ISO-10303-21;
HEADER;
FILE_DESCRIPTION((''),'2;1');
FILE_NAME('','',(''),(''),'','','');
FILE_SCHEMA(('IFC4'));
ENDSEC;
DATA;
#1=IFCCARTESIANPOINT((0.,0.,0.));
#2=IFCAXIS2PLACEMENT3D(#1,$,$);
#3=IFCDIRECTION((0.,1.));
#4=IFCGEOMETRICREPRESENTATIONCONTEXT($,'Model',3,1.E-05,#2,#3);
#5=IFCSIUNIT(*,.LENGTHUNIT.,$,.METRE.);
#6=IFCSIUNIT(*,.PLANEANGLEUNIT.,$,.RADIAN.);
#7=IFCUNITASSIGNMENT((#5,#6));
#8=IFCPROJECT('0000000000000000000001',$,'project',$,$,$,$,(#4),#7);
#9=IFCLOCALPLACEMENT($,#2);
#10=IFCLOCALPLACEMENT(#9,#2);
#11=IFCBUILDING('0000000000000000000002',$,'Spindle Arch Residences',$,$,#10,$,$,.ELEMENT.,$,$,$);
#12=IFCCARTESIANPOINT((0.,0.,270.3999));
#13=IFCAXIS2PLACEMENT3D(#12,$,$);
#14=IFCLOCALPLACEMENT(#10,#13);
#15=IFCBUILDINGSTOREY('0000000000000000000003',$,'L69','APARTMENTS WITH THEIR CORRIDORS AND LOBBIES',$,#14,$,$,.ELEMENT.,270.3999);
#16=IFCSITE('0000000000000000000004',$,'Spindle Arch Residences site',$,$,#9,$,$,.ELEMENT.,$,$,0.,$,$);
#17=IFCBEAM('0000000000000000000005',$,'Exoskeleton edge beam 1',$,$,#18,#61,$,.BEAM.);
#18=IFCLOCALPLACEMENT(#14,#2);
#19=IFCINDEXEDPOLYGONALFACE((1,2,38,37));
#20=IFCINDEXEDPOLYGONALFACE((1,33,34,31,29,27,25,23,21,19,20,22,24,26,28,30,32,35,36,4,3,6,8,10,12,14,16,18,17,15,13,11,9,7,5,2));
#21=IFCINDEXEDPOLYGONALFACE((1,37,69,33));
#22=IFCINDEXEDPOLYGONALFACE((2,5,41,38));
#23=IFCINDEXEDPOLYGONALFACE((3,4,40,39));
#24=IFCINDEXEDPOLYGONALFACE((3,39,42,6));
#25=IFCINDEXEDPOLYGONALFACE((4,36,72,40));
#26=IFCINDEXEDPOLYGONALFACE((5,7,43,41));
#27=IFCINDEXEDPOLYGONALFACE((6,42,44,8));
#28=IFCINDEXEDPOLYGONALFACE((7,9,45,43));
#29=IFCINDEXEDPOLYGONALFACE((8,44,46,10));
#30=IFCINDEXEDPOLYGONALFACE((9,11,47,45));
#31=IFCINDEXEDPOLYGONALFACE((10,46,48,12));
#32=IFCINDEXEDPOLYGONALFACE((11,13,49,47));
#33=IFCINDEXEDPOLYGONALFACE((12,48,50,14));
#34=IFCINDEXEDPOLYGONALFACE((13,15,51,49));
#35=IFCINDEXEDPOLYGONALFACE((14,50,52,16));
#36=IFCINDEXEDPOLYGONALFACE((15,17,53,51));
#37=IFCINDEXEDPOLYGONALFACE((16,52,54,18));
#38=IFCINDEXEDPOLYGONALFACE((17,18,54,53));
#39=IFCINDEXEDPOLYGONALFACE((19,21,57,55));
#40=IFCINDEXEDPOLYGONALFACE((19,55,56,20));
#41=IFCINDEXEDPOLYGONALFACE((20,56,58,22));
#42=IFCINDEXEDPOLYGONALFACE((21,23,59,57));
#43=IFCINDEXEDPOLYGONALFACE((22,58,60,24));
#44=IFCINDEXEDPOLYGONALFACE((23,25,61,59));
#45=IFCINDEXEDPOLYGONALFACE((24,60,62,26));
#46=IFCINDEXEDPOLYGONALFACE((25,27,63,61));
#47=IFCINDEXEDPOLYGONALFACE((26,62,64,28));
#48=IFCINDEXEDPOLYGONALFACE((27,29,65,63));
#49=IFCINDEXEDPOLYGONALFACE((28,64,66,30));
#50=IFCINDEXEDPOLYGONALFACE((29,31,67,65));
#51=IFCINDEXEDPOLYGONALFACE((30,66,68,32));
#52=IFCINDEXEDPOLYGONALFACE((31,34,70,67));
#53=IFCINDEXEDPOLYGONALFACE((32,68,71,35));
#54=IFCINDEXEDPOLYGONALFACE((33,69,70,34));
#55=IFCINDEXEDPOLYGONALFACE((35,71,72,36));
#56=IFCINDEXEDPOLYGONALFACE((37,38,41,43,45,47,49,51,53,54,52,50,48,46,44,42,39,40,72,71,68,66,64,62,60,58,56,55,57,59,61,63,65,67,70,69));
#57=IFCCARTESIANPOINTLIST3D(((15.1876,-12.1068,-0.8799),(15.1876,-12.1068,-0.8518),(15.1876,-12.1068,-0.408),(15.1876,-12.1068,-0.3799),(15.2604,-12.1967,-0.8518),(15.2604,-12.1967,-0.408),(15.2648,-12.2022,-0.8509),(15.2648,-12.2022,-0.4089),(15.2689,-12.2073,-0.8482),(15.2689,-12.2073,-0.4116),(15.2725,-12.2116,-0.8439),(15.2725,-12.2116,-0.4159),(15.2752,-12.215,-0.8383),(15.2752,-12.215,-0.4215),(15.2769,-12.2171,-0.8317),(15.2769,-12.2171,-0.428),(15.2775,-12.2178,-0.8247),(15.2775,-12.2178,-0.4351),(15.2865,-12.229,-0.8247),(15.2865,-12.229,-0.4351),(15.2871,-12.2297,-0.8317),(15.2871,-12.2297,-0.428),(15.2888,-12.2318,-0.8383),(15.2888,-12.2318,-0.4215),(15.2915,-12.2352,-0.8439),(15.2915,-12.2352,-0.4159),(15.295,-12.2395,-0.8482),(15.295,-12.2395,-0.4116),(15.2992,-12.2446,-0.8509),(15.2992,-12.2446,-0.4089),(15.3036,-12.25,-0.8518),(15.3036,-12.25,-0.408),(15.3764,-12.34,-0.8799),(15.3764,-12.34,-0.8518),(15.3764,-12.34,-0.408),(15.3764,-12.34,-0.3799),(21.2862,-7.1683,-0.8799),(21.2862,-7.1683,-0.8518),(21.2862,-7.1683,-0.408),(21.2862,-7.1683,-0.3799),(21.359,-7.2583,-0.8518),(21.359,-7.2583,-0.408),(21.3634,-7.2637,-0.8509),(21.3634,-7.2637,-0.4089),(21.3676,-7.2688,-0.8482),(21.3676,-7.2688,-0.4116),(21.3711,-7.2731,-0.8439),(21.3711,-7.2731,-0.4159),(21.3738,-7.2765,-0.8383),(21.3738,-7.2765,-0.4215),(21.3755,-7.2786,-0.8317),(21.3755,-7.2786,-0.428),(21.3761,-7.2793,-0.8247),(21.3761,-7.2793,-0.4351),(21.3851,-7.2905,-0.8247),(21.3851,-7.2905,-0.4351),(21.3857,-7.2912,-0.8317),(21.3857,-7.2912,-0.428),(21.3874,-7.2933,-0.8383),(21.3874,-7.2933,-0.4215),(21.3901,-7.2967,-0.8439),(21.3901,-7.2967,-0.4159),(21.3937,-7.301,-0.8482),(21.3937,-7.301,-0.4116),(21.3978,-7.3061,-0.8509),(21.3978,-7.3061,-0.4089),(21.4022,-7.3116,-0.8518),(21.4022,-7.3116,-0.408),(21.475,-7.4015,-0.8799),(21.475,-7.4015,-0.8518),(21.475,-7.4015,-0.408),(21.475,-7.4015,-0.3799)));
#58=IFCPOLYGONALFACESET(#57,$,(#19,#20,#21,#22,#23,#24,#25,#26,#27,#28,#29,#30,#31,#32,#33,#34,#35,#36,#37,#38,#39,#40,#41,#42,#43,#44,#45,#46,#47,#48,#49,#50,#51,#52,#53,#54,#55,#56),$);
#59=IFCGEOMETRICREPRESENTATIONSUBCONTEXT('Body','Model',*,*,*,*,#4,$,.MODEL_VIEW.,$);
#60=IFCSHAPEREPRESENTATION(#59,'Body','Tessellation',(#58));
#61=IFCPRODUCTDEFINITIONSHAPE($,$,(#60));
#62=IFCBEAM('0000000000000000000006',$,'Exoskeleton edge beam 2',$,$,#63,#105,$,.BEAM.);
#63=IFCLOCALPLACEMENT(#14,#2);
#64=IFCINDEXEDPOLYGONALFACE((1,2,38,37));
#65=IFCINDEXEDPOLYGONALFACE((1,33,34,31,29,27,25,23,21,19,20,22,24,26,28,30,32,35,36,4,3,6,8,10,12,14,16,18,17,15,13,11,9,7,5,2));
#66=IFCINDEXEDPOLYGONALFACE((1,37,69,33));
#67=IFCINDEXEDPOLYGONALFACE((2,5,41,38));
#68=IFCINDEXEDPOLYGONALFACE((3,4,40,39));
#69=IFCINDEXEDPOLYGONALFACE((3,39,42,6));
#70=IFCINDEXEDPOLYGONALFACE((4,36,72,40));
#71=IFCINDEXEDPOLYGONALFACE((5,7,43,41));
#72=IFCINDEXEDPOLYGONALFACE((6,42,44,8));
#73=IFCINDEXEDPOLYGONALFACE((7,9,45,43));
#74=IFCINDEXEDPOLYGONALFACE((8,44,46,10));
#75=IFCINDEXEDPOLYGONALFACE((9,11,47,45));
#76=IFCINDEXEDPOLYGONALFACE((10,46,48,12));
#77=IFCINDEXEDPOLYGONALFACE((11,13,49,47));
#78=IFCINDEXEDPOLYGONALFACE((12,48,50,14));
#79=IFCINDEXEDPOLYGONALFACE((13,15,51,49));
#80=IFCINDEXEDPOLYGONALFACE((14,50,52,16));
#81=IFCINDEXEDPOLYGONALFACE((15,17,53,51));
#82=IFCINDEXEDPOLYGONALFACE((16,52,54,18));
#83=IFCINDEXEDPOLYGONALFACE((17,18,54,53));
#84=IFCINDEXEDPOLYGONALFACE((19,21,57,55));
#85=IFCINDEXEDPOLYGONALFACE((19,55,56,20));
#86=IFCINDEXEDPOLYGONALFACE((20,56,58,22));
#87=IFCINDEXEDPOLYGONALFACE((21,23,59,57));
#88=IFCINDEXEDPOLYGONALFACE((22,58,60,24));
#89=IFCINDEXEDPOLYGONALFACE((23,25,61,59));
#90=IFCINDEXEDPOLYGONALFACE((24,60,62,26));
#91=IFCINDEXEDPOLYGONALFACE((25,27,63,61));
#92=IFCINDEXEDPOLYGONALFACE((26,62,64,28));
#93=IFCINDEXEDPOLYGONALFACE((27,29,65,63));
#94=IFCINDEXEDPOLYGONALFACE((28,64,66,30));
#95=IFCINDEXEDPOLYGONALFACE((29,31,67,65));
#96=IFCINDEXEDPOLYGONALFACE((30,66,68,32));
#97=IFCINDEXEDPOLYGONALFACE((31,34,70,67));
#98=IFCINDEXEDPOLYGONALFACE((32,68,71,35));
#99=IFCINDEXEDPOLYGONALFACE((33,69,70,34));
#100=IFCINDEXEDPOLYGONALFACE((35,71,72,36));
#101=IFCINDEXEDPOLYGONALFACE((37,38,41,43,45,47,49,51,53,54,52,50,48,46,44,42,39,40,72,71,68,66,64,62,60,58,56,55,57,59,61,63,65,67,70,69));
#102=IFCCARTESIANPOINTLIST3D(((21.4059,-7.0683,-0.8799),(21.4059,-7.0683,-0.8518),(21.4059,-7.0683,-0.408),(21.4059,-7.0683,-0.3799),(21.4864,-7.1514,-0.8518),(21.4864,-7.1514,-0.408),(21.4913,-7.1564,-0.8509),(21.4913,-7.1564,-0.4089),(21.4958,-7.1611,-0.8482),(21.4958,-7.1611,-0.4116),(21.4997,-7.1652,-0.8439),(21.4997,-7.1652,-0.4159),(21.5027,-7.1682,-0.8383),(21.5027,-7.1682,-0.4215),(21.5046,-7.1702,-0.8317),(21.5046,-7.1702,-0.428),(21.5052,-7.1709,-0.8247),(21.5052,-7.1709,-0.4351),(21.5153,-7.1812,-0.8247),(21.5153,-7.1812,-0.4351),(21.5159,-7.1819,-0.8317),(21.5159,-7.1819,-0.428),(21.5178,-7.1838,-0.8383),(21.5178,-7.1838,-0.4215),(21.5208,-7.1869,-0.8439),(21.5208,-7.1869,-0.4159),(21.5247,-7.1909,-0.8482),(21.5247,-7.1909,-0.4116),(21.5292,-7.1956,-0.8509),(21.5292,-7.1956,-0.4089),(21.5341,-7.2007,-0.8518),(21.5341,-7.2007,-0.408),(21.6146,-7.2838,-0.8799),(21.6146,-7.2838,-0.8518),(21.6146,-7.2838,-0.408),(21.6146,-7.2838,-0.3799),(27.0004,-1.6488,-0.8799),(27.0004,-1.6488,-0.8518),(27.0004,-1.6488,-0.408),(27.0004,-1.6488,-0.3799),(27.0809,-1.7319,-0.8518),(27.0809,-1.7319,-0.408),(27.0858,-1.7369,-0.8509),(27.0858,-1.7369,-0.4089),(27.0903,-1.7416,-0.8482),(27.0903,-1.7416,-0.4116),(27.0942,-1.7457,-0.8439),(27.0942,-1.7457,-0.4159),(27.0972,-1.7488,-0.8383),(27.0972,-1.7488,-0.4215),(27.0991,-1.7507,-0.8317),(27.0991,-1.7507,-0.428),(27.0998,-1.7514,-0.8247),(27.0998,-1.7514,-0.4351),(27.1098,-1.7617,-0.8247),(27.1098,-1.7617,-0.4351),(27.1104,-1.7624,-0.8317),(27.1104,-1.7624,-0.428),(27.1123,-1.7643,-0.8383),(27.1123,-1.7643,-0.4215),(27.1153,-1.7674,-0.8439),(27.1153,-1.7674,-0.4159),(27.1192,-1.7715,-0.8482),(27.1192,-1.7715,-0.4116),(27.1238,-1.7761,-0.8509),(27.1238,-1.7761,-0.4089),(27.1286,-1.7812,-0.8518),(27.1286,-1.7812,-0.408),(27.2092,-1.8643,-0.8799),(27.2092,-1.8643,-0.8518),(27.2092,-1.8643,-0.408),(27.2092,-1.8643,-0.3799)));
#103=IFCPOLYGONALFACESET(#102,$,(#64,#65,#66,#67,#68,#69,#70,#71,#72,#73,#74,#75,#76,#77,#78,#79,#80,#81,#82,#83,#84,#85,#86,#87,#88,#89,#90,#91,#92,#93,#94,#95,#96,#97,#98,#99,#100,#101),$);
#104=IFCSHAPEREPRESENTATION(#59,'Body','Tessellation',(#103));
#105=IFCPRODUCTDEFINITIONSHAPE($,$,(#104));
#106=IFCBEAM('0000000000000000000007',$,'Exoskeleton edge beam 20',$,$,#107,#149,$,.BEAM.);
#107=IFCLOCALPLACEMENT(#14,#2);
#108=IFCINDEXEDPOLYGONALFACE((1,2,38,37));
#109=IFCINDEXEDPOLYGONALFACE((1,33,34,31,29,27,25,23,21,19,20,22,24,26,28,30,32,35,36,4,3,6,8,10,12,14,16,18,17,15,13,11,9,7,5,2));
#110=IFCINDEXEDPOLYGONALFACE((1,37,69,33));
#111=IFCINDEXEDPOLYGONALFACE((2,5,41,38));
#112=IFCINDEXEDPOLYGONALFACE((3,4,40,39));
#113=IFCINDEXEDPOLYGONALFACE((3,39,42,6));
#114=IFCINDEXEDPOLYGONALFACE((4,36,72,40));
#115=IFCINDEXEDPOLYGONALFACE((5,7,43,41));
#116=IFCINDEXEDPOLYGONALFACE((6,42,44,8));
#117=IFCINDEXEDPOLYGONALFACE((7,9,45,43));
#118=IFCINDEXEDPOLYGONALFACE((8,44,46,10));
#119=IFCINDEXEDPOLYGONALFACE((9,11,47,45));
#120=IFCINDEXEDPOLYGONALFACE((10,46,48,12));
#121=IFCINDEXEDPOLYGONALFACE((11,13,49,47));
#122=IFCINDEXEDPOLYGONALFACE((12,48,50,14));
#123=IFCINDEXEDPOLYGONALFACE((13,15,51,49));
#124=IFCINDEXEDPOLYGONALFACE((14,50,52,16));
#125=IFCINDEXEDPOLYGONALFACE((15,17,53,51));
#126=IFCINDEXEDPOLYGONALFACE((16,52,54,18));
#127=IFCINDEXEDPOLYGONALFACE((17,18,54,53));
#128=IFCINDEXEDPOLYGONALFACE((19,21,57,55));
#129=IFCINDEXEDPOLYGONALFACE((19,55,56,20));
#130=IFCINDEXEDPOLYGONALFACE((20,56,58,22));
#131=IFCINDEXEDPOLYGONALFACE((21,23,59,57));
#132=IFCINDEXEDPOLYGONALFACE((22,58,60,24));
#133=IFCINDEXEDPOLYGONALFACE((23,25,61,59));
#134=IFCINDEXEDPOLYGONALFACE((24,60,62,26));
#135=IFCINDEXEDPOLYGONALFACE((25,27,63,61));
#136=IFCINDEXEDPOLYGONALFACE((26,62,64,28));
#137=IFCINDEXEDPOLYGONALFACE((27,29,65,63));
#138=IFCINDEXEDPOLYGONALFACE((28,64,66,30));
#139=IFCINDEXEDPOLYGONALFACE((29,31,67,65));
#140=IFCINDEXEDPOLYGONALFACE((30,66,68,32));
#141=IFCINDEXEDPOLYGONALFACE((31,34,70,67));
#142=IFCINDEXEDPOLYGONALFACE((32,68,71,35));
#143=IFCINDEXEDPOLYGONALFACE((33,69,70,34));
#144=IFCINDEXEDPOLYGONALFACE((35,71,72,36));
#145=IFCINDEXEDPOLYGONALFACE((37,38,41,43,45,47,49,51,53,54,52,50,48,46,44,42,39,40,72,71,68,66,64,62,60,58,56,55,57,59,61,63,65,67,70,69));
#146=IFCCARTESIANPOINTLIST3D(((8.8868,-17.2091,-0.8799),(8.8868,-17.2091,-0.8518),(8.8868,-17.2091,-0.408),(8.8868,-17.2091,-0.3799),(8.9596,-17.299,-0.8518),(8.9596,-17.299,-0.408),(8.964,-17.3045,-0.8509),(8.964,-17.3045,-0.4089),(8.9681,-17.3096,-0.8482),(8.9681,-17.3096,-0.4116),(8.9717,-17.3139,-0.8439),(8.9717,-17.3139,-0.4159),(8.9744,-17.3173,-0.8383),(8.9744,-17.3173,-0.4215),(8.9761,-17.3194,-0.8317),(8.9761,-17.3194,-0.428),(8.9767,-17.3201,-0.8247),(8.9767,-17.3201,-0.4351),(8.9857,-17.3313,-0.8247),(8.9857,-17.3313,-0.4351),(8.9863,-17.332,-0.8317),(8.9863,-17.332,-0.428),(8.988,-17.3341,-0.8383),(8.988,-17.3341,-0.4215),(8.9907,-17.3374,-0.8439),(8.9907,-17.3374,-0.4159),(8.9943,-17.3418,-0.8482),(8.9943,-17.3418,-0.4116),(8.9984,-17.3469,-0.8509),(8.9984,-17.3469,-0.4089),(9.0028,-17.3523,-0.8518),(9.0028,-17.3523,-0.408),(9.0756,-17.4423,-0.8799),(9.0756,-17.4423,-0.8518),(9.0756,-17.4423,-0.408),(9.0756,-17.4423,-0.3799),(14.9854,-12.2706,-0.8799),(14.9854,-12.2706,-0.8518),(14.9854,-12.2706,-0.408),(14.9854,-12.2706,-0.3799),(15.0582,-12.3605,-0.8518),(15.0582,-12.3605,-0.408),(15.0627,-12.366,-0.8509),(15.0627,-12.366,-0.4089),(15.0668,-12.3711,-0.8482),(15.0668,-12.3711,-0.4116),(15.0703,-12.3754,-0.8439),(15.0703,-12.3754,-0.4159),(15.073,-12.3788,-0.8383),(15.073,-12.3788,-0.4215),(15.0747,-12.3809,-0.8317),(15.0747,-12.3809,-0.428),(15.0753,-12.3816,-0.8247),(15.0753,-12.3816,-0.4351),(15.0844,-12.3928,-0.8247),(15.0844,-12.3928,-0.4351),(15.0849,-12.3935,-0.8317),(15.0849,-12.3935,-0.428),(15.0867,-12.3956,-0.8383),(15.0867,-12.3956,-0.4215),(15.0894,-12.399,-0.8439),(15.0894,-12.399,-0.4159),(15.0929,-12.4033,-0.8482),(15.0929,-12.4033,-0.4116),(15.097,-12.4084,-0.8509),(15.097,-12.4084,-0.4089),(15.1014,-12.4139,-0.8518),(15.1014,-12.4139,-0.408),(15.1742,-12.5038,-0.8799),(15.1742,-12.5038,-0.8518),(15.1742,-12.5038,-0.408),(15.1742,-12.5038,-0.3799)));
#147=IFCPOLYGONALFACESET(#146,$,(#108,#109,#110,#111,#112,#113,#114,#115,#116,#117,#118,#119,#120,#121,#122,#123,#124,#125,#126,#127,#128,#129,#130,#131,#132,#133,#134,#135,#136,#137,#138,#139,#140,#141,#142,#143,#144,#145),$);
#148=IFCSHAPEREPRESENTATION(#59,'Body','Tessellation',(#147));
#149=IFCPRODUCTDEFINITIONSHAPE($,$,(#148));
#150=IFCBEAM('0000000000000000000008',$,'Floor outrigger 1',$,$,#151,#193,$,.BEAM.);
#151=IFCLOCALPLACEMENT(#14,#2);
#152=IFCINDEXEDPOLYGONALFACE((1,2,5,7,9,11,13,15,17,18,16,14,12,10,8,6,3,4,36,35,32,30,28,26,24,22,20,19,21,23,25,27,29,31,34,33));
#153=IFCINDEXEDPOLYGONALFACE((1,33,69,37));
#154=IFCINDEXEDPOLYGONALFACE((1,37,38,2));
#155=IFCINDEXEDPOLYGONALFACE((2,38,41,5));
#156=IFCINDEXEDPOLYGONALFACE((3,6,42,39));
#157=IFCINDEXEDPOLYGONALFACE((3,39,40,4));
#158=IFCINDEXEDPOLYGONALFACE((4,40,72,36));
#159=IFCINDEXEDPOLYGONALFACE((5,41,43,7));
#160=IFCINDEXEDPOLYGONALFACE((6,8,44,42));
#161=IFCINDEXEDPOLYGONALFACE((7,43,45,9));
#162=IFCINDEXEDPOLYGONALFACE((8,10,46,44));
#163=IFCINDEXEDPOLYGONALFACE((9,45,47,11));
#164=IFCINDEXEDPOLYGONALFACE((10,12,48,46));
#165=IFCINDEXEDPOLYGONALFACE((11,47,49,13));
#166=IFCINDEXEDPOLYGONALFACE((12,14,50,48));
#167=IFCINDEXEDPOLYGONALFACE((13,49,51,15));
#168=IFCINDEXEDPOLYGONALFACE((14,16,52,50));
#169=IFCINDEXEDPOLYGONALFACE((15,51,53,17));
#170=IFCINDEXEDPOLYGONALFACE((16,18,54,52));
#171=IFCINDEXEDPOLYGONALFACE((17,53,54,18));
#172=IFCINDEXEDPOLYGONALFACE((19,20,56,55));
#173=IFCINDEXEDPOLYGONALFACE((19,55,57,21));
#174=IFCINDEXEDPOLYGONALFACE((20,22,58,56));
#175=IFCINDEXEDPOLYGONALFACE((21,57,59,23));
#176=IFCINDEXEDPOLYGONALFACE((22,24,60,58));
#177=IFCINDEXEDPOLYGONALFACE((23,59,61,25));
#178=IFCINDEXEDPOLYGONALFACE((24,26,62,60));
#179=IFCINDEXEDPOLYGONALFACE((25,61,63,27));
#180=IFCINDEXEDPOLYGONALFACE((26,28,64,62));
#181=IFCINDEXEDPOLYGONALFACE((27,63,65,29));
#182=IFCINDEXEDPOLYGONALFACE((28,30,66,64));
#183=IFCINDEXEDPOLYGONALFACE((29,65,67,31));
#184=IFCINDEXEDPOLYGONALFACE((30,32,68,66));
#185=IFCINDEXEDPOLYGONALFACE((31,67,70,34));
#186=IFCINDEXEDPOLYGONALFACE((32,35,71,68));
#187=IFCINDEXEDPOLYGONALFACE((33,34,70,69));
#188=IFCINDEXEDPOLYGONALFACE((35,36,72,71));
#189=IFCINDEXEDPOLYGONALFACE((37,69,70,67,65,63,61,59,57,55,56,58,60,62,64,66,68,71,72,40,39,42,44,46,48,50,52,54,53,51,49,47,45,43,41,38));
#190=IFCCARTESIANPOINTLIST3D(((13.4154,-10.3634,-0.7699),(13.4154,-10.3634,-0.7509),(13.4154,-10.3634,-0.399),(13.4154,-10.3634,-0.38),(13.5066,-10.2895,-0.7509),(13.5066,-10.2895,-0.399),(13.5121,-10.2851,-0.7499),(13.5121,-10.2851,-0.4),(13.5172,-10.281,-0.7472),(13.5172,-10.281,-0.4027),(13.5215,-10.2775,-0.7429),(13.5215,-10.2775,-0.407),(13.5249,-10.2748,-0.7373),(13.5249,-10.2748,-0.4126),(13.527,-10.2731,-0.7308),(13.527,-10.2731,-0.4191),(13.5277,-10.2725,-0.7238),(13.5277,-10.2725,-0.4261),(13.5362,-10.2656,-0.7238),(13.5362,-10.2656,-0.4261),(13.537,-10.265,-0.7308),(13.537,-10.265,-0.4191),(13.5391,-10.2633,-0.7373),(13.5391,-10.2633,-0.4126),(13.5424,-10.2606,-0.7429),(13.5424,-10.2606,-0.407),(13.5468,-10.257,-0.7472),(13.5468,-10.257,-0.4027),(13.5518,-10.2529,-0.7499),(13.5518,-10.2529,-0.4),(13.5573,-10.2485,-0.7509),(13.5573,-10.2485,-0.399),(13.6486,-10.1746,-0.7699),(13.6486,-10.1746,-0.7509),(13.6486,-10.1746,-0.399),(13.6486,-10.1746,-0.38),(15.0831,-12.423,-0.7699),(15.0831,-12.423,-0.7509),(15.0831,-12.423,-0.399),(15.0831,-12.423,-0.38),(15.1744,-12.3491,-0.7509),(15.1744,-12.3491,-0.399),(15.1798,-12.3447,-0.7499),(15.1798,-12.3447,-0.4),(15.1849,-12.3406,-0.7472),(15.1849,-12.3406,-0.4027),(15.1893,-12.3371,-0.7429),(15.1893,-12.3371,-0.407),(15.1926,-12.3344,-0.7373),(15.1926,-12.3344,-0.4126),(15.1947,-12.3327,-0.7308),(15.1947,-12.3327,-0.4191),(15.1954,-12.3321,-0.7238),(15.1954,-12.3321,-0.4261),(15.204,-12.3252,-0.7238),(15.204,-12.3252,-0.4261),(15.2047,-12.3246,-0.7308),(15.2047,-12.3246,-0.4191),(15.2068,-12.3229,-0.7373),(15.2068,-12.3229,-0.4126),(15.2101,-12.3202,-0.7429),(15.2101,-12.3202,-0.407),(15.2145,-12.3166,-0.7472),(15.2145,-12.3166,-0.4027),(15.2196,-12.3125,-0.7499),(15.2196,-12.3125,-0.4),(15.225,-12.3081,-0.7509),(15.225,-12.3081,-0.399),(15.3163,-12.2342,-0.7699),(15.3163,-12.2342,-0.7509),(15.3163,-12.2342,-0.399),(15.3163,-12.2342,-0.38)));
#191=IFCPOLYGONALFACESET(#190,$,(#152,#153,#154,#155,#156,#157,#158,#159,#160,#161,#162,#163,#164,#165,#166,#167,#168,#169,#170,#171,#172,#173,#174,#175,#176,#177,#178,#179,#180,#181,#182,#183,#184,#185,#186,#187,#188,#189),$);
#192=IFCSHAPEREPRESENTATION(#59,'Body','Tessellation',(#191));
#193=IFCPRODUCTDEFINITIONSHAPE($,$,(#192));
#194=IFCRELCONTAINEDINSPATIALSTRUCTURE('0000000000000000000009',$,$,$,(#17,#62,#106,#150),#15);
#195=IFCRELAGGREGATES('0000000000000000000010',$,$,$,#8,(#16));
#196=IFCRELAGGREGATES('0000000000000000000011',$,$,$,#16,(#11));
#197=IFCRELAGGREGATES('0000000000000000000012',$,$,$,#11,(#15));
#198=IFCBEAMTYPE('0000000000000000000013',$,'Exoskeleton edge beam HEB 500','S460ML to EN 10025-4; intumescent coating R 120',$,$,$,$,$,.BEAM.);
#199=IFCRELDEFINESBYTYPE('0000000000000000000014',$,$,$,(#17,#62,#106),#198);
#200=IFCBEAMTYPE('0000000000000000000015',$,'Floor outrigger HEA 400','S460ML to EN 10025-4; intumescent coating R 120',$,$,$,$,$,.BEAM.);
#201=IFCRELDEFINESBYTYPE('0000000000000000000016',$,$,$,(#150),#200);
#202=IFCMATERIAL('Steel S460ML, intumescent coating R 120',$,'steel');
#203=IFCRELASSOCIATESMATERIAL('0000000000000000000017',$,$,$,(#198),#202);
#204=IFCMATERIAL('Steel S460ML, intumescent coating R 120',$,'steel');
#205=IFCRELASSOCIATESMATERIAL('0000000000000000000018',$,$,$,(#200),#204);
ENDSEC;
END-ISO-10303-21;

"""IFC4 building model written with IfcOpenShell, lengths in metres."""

from ifc_helpers import new_model, si_unit, direction, frame, origin, origin_2d, place, context, subcontext, project, spatial, i_section, extrude, material, material_profile, profile_set, type_object, element, save


model = new_model("IFC4")

# Units and contexts
model_context = context("Model", 3, precision=1e-05, world=origin(), true_north=direction((0.0, 1.0)))
body_context = subcontext(model_context, "Body", "Model", "MODEL_VIEW")
ifc_project = project(units=[si_unit("LENGTHUNIT", "METRE"), si_unit("PLANEANGLEUNIT", "RADIAN")], contexts=[model_context])

# Site, building, storey
site_placement = place(None, origin())
site = spatial("IfcSite", under=ifc_project, at=site_placement, Name="Spindle Arch Residences site", CompositionType="ELEMENT", RefElevation=0.0)
building_placement = place(site_placement, origin())
building = spatial("IfcBuilding", under=site, at=building_placement, Name="Spindle Arch Residences", CompositionType="ELEMENT")
storey_placement = place(building_placement, frame((0.0, 0.0, 270.3999)))
storey = spatial("IfcBuildingStorey", under=building, at=storey_placement, Name="L69", Description="APARTMENTS WITH THEIR CORRIDORS AND LOBBIES", CompositionType="ELEMENT", Elevation=270.3999)

# Beams
ifc_material_1 = material(Name="Steel S460ML, intumescent coating R 120", Category="steel")
ifc_material_profile_1 = material_profile(ifc_material_1, i_section(OverallWidth=0.3, OverallDepth=0.5, WebThickness=0.0144, FlangeThickness=0.0281, FilletRadius=0.0271, at=origin_2d()), Name="HEB 500")
ifc_profile_set_1 = profile_set([ifc_material_profile_1], Name="Steel S460ML, intumescent coating R 120")
beam_type_1 = type_object("IfcBeamType", Name="Exoskeleton edge beam HEB 500", Description="S460ML to EN 10025-4; intumescent coating R 120", PredefinedType="BEAM", material=ifc_profile_set_1)
beam_1_placement = place(storey_placement, frame((15.282, -12.2234, -0.6299), z_axis=(0.777152, 0.629313, 0.0), x_axis=(-0.629313, 0.777152, 0.0)))
element("IfcBeam", 1, at=beam_1_placement, inside=storey, type_object=beam_type_1, Name="Exoskeleton edge beam 1", PredefinedType="BEAM", context=body_context, shape_type="SweptSolid", body=[
    extrude(i_section(OverallWidth=0.3, OverallDepth=0.5, WebThickness=0.0144, FlangeThickness=0.0281, FilletRadius=0.0271, at=origin_2d()), origin(), (0.0, 0.0, 1.0), 7.8474),
])
beam_2_placement = place(storey_placement, frame((21.5103, -7.176, -0.6299), z_axis=(0.718254, 0.695781, 0.0), x_axis=(-0.695781, 0.718254, 0.0)))
element("IfcBeam", 2, at=beam_2_placement, inside=storey, type_object=beam_type_1, Name="Exoskeleton edge beam 2", PredefinedType="BEAM", context=body_context, shape_type="SweptSolid", body=[
    extrude(i_section(OverallWidth=0.3, OverallDepth=0.5, WebThickness=0.0144, FlangeThickness=0.0281, FilletRadius=0.0271, at=origin_2d()), origin(), (0.0, 0.0, 1.0), 7.7891),
])
beam_3_placement = place(storey_placement, frame((8.9812, -17.3257, -0.6299), z_axis=(0.777152, 0.629313, 0.0), x_axis=(-0.629313, 0.777152, 0.0)))
element("IfcBeam", 3, at=beam_3_placement, inside=storey, type_object=beam_type_1, Name="Exoskeleton edge beam 20", PredefinedType="BEAM", context=body_context, shape_type="SweptSolid", body=[
    extrude(i_section(OverallWidth=0.3, OverallDepth=0.5, WebThickness=0.0144, FlangeThickness=0.0281, FilletRadius=0.0271, at=origin_2d()), origin(), (0.0, 0.0, 1.0), 7.8474),
])
ifc_material_2 = material(Name="Steel S460ML, intumescent coating R 120", Category="steel")
ifc_material_profile_2 = material_profile(ifc_material_2, i_section(OverallWidth=0.3, OverallDepth=0.3899, WebThickness=0.011, FlangeThickness=0.019, FilletRadius=0.0271, at=origin_2d()), Name="HEA 400")
ifc_profile_set_2 = profile_set([ifc_material_profile_2], Name="Steel S460ML, intumescent coating R 120")
beam_type_2 = type_object("IfcBeamType", Name="Floor outrigger HEA 400", Description="S460ML to EN 10025-4; intumescent coating R 120", PredefinedType="BEAM", material=ifc_profile_set_2)
for number, where, z_axis, x_axis, name in (
    (4, (15.1997, -12.3286, -0.575), (-0.629302, 0.777161, 0.0), (-0.777161, -0.629302, 0.0), "Floor outrigger 1"),
):
    element("IfcBeam", number, at=place(storey_placement, frame(where, z_axis=z_axis, x_axis=x_axis)), inside=storey, type_object=beam_type_2, Name=name, PredefinedType="BEAM", context=body_context, shape_type="SweptSolid", body=[
        extrude(i_section(OverallWidth=0.3, OverallDepth=0.3899, WebThickness=0.011, FlangeThickness=0.019, FilletRadius=0.0271, at=origin_2d()), origin(), (0.0, 0.0, 1.0), 2.6501),
    ])

save(model, "model.ifc")
